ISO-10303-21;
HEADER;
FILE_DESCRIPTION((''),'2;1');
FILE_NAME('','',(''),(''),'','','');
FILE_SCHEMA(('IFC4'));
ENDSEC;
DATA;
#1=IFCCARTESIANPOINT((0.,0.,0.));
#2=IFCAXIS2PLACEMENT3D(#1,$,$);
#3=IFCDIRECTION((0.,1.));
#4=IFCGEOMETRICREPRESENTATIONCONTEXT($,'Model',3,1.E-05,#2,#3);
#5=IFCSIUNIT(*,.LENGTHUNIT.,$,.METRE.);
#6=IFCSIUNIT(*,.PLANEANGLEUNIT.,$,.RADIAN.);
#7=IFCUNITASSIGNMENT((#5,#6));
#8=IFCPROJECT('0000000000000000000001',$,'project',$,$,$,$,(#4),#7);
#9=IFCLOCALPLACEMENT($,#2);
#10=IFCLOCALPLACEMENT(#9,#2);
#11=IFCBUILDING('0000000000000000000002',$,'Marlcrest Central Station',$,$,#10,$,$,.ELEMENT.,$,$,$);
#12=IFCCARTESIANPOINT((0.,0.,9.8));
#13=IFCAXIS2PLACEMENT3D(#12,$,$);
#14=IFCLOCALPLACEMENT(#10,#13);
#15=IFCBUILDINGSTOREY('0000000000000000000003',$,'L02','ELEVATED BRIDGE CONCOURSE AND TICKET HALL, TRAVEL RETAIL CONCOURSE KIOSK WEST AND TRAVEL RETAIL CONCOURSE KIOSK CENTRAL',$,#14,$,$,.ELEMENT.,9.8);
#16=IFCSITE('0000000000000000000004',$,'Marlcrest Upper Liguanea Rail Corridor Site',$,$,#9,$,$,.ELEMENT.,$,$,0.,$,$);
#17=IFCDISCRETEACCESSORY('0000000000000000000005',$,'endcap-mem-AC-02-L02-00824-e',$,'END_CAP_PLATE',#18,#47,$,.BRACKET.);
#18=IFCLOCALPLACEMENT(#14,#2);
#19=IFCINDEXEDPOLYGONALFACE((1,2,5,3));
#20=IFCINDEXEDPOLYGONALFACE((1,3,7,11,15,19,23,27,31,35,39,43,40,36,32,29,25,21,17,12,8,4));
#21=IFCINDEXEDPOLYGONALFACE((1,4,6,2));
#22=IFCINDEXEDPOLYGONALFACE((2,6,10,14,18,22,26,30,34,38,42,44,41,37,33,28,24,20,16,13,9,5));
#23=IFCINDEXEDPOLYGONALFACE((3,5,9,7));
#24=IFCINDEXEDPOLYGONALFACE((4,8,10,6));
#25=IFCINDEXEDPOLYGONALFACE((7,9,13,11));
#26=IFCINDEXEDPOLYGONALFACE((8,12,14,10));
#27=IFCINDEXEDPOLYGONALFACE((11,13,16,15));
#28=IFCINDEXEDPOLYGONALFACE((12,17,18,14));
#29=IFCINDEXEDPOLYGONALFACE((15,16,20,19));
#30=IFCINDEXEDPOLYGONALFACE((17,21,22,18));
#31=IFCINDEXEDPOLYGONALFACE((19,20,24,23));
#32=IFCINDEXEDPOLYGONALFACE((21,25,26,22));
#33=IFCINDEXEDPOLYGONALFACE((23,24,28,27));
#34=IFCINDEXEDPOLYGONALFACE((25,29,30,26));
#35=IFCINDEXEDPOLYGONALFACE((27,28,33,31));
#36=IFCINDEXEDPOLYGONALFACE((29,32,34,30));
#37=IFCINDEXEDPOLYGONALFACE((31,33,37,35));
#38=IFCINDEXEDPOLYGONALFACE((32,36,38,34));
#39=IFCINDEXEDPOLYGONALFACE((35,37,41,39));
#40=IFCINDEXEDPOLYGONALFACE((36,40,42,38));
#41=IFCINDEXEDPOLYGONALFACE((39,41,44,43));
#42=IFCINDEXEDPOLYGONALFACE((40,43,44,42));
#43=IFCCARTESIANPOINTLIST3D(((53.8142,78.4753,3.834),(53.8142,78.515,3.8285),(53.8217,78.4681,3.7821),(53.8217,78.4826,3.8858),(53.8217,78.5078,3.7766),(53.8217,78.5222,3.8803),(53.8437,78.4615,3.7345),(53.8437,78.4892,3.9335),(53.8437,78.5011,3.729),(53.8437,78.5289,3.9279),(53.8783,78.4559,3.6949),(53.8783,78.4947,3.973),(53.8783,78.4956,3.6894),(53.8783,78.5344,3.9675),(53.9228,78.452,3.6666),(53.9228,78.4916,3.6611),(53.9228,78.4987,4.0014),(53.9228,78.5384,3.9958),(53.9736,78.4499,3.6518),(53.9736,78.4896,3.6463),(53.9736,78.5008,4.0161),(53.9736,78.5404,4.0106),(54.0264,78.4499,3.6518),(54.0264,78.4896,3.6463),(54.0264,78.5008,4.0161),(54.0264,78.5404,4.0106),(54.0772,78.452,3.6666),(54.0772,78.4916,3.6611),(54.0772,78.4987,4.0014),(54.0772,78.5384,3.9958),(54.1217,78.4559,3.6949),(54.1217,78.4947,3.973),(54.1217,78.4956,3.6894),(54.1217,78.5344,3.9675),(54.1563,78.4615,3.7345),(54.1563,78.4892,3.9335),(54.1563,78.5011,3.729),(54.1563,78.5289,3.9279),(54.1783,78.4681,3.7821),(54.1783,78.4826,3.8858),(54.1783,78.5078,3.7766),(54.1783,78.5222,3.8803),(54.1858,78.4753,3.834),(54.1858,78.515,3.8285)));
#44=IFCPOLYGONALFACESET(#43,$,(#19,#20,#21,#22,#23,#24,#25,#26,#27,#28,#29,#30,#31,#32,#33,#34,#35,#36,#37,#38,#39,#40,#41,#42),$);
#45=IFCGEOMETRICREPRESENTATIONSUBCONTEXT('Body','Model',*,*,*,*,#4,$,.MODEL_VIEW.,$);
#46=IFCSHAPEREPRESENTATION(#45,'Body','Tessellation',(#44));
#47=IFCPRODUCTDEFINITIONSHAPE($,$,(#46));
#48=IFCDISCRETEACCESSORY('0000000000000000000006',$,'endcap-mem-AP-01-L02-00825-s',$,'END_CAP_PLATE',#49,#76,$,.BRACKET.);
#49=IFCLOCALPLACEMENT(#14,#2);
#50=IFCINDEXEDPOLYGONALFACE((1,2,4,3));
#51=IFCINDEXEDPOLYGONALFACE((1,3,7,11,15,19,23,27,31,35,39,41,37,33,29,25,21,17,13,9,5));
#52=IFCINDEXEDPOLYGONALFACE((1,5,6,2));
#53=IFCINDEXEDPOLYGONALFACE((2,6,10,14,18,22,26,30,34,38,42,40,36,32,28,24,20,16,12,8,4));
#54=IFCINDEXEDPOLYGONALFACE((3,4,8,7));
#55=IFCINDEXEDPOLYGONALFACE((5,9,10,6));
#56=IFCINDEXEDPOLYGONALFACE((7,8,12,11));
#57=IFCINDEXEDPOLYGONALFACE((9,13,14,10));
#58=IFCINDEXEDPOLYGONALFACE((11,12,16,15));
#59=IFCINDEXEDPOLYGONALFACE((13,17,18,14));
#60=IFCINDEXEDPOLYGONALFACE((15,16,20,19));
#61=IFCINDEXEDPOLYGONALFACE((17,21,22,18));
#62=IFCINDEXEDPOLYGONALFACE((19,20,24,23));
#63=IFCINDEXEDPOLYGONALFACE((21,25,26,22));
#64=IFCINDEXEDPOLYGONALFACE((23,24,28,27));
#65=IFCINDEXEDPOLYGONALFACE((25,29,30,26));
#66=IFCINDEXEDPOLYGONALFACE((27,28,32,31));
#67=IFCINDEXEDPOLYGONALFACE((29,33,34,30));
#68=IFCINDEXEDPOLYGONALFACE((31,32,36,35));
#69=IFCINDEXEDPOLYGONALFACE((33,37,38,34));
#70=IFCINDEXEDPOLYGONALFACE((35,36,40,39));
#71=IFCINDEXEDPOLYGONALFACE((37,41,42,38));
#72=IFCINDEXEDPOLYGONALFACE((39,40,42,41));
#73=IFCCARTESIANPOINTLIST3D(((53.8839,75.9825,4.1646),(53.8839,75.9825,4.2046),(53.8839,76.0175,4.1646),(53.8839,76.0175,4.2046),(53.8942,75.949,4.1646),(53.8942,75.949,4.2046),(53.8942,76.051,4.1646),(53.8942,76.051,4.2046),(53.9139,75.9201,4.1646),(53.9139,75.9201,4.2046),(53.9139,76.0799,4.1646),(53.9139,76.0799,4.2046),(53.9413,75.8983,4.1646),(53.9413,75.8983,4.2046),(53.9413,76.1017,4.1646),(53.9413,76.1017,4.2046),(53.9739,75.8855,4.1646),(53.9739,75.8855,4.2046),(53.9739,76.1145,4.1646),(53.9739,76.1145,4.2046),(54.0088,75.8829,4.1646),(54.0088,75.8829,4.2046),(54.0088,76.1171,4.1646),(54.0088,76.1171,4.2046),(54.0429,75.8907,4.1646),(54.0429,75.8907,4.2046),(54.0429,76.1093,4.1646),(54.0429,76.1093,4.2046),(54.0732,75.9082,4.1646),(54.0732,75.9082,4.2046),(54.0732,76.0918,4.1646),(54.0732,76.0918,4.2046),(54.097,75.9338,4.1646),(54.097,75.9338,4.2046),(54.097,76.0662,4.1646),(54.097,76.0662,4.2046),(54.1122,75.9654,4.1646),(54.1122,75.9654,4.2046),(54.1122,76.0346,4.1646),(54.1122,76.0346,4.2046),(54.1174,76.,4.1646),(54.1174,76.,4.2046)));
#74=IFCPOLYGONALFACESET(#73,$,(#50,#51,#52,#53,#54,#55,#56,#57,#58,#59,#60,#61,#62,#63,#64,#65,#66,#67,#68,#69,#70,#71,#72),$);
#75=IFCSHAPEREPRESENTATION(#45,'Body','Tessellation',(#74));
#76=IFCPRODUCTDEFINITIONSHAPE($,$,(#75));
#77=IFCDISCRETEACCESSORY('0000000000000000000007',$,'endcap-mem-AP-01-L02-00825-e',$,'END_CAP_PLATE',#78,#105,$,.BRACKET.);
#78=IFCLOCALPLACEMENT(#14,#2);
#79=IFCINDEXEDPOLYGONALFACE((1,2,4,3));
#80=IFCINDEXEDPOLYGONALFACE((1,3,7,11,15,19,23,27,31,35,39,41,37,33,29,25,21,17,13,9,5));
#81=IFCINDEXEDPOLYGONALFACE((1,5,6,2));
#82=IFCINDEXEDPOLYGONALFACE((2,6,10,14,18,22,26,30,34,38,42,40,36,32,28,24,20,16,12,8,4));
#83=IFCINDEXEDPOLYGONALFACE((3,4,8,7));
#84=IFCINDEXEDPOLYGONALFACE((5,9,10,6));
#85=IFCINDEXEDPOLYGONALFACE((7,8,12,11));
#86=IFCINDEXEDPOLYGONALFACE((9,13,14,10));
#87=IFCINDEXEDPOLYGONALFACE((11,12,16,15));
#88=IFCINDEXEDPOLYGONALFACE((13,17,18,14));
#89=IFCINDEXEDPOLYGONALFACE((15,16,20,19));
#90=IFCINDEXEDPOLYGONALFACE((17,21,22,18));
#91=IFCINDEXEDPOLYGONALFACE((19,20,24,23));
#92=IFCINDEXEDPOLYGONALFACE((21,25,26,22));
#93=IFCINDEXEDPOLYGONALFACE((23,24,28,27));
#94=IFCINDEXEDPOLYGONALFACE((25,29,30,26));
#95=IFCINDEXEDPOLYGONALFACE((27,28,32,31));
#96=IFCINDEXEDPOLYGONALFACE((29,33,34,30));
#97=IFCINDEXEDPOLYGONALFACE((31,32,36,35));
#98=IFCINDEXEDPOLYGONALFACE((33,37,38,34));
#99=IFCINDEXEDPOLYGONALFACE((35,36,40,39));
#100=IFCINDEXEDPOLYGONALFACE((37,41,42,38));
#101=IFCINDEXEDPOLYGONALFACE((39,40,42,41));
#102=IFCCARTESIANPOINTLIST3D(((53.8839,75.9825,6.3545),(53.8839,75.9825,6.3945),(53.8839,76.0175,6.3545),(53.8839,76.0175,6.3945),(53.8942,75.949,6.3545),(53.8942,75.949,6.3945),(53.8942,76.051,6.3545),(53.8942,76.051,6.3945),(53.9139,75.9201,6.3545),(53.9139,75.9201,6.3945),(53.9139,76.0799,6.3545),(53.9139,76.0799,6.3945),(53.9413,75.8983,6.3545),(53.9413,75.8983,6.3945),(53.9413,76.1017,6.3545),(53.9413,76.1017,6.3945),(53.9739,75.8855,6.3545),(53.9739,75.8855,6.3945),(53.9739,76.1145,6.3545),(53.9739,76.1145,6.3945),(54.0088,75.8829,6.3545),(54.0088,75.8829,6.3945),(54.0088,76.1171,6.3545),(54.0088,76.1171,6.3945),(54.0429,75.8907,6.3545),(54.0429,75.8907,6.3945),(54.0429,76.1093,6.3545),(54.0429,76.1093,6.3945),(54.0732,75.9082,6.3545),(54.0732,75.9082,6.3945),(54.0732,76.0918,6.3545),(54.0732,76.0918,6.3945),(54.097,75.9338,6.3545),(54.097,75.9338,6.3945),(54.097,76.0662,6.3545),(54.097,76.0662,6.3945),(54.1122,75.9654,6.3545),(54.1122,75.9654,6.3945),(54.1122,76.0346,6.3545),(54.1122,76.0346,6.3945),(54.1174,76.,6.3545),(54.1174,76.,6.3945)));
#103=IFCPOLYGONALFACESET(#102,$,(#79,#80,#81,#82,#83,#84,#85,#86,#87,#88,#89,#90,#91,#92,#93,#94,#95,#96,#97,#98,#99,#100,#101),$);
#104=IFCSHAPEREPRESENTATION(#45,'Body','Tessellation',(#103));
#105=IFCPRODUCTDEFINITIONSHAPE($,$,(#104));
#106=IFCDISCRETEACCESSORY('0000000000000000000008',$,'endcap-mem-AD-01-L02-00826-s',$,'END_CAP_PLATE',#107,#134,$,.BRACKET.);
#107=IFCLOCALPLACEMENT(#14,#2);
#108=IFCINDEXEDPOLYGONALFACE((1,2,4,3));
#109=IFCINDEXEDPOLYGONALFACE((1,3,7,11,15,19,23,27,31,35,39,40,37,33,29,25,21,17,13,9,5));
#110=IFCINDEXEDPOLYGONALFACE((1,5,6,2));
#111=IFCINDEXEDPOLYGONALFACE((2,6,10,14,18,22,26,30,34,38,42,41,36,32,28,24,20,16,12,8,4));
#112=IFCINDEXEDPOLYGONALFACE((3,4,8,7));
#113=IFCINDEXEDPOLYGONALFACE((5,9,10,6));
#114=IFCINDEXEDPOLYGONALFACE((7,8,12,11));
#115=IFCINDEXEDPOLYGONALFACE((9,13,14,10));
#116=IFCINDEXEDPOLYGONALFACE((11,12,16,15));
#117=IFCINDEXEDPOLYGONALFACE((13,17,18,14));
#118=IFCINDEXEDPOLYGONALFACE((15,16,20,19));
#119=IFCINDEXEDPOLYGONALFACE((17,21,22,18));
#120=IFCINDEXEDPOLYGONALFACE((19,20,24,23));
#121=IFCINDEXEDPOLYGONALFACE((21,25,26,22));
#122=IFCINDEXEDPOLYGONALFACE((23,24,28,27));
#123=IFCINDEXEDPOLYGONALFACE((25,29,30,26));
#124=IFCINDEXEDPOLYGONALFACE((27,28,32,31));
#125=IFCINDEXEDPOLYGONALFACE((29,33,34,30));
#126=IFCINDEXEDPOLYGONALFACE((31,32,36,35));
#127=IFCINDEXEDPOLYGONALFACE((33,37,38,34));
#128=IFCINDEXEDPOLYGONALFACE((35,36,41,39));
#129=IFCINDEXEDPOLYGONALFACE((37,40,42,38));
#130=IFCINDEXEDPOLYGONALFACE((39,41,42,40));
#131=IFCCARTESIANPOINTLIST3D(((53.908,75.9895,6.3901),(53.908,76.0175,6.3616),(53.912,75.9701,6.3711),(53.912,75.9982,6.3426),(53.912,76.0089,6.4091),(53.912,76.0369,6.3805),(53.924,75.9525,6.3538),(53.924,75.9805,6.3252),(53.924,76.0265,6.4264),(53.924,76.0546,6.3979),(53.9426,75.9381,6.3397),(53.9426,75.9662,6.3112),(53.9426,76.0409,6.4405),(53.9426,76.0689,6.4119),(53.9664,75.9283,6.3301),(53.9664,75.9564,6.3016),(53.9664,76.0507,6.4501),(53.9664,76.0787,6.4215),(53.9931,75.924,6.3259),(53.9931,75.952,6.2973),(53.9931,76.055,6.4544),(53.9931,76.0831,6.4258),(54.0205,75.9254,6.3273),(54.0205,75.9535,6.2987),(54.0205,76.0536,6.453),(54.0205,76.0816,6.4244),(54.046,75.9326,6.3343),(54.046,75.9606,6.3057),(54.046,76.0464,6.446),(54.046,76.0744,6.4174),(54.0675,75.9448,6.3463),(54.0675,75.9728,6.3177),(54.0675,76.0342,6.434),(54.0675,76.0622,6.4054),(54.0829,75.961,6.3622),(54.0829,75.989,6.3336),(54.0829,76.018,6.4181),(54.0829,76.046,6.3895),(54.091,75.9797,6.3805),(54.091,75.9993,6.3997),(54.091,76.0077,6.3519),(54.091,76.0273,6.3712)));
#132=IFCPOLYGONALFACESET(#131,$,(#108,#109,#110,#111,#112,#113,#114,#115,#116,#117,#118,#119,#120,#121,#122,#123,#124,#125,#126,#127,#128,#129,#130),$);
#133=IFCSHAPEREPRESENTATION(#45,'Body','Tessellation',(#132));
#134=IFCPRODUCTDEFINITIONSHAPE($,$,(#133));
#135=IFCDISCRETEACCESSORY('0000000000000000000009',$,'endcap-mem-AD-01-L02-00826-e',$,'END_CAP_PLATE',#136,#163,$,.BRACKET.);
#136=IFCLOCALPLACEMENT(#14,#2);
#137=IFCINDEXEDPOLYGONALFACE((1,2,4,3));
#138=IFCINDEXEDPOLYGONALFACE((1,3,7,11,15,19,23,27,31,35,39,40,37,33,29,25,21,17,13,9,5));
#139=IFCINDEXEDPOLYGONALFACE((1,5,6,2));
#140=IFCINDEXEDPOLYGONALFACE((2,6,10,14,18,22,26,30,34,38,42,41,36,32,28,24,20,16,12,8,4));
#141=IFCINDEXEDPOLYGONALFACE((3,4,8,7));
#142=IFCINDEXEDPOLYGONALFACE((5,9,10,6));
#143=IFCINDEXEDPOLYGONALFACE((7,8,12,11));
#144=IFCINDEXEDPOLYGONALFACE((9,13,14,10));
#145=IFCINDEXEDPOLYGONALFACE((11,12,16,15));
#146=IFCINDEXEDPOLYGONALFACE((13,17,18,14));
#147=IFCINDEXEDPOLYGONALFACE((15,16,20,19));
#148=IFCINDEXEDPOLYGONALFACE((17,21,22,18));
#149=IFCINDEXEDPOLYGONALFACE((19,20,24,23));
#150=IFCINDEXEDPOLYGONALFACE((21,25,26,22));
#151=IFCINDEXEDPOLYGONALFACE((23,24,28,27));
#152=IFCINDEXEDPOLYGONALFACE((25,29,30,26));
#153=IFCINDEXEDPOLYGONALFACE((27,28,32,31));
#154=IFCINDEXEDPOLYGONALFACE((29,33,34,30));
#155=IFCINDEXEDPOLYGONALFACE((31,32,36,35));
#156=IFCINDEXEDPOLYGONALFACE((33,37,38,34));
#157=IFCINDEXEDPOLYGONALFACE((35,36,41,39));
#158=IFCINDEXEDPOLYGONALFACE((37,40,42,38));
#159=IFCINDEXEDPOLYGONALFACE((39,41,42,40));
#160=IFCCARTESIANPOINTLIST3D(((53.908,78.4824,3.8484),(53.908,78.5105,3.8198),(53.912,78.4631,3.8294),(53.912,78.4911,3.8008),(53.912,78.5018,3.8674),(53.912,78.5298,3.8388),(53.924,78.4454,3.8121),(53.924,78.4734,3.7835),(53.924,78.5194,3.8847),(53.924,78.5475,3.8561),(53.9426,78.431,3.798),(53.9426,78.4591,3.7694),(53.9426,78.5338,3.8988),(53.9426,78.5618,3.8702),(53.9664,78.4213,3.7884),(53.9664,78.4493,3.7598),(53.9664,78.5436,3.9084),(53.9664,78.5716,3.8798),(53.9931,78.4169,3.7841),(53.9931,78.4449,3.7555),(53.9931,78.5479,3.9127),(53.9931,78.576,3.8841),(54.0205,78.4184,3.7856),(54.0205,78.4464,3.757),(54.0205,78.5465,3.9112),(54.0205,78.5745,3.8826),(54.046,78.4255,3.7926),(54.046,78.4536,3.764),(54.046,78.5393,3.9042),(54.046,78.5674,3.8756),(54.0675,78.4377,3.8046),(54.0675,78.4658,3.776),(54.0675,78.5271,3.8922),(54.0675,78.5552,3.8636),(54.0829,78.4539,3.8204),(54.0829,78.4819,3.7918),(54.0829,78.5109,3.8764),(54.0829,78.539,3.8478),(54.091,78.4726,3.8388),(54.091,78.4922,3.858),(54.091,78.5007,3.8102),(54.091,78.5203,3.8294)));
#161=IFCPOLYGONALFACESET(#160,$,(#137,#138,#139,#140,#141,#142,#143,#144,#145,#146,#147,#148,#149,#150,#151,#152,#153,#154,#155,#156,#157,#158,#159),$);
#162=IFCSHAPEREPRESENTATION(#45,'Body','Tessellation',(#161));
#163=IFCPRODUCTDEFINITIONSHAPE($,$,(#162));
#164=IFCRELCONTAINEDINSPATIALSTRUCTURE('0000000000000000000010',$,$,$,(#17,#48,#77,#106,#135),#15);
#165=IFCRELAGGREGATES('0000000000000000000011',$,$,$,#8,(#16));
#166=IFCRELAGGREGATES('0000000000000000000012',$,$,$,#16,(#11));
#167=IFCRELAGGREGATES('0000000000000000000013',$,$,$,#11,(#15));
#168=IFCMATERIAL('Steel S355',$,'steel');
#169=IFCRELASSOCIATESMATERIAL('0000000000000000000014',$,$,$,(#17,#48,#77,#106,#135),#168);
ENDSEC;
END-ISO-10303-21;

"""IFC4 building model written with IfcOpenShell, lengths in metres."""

from ifc_helpers import new_model, si_unit, direction, frame, origin, origin_2d, place, context, subcontext, project, spatial, circle, extrude, material, element, save


model = new_model("IFC4")

# Units and contexts
model_context = context("Model", 3, precision=1e-05, world=origin(), true_north=direction((0.0, 1.0)))
body_context = subcontext(model_context, "Body", "Model", "MODEL_VIEW")
ifc_project = project(units=[si_unit("LENGTHUNIT", "METRE"), si_unit("PLANEANGLEUNIT", "RADIAN")], contexts=[model_context])

# Site, building, storey
site_placement = place(None, origin())
site = spatial("IfcSite", under=ifc_project, at=site_placement, Name="Marlcrest Upper Liguanea Rail Corridor Site", CompositionType="ELEMENT", RefElevation=0.0)
building_placement = place(site_placement, origin())
building = spatial("IfcBuilding", under=site, at=building_placement, Name="Marlcrest Central Station", CompositionType="ELEMENT")
storey_placement = place(building_placement, frame((0.0, 0.0, 9.8)))
storey = spatial("IfcBuildingStorey", under=building, at=storey_placement, Name="L02", Description="ELEVATED BRIDGE CONCOURSE AND TICKET HALL, TRAVEL RETAIL CONCOURSE KIOSK WEST AND TRAVEL RETAIL CONCOURSE KIOSK CENTRAL", CompositionType="ELEMENT", Elevation=9.8)

# Shared definitions
ifc_material = material(Name="Steel S355", Category="steel")

# Discrete accessories
for number, where, z_axis, x_axis, name in (
    (1, (54.0, 78.4753, 3.834), (0.0, 0.990403, -0.138211), (-1.0, 0.0, 0.0), "endcap-mem-AC-02-L02-00824-e"),
):
    element("IfcDiscreteAccessory", number, at=place(storey_placement, frame(where, z_axis=z_axis, x_axis=x_axis)), inside=storey, material=ifc_material, Name=name, ObjectType="END_CAP_PLATE", PredefinedType="BRACKET", context=body_context, shape_type="SweptSolid", body=[
        extrude(circle(Radius=0.1858, at=origin_2d()), origin(), (0.0, 0.0, 1.0), 0.04),
    ])
for number, where, z_axis, x_axis, name in (
    (2, (54.0, 76.0, 4.1646), (0.0, 0.0, 1.0), (1.0, 0.0, 0.0), "endcap-mem-AP-01-L02-00825-s"),
    (3, (54.0, 76.0, 6.3545), (0.0, 0.0, 1.0), (1.0, 0.0, 0.0), "endcap-mem-AP-01-L02-00825-e"),
):
    element("IfcDiscreteAccessory", number, at=place(storey_placement, frame(where, z_axis=z_axis, x_axis=x_axis)), inside=storey, material=ifc_material, Name=name, ObjectType="END_CAP_PLATE", PredefinedType="BRACKET", context=body_context, shape_type="SweptSolid", body=[
        extrude(circle(Radius=0.1174, at=origin_2d()), origin(), (0.0, 0.0, 1.0), 0.04),
    ])
for number, where, z_axis, x_axis, name in (
    (4, (54.0, 75.9895, 6.3901), (0.0, 0.700235, -0.713912), (-1.0, 0.0, 0.0), "endcap-mem-AD-01-L02-00826-s"),
    (5, (54.0, 78.4824, 3.8484), (0.0, 0.700235, -0.713912), (-1.0, 0.0, 0.0), "endcap-mem-AD-01-L02-00826-e"),
):
    element("IfcDiscreteAccessory", number, at=place(storey_placement, frame(where, z_axis=z_axis, x_axis=x_axis)), inside=storey, material=ifc_material, Name=name, ObjectType="END_CAP_PLATE", PredefinedType="BRACKET", context=body_context, shape_type="SweptSolid", body=[
        extrude(circle(Radius=0.092, at=origin_2d()), origin(), (0.0, 0.0, 1.0), 0.04),
    ])

save(model, "model.ifc")
